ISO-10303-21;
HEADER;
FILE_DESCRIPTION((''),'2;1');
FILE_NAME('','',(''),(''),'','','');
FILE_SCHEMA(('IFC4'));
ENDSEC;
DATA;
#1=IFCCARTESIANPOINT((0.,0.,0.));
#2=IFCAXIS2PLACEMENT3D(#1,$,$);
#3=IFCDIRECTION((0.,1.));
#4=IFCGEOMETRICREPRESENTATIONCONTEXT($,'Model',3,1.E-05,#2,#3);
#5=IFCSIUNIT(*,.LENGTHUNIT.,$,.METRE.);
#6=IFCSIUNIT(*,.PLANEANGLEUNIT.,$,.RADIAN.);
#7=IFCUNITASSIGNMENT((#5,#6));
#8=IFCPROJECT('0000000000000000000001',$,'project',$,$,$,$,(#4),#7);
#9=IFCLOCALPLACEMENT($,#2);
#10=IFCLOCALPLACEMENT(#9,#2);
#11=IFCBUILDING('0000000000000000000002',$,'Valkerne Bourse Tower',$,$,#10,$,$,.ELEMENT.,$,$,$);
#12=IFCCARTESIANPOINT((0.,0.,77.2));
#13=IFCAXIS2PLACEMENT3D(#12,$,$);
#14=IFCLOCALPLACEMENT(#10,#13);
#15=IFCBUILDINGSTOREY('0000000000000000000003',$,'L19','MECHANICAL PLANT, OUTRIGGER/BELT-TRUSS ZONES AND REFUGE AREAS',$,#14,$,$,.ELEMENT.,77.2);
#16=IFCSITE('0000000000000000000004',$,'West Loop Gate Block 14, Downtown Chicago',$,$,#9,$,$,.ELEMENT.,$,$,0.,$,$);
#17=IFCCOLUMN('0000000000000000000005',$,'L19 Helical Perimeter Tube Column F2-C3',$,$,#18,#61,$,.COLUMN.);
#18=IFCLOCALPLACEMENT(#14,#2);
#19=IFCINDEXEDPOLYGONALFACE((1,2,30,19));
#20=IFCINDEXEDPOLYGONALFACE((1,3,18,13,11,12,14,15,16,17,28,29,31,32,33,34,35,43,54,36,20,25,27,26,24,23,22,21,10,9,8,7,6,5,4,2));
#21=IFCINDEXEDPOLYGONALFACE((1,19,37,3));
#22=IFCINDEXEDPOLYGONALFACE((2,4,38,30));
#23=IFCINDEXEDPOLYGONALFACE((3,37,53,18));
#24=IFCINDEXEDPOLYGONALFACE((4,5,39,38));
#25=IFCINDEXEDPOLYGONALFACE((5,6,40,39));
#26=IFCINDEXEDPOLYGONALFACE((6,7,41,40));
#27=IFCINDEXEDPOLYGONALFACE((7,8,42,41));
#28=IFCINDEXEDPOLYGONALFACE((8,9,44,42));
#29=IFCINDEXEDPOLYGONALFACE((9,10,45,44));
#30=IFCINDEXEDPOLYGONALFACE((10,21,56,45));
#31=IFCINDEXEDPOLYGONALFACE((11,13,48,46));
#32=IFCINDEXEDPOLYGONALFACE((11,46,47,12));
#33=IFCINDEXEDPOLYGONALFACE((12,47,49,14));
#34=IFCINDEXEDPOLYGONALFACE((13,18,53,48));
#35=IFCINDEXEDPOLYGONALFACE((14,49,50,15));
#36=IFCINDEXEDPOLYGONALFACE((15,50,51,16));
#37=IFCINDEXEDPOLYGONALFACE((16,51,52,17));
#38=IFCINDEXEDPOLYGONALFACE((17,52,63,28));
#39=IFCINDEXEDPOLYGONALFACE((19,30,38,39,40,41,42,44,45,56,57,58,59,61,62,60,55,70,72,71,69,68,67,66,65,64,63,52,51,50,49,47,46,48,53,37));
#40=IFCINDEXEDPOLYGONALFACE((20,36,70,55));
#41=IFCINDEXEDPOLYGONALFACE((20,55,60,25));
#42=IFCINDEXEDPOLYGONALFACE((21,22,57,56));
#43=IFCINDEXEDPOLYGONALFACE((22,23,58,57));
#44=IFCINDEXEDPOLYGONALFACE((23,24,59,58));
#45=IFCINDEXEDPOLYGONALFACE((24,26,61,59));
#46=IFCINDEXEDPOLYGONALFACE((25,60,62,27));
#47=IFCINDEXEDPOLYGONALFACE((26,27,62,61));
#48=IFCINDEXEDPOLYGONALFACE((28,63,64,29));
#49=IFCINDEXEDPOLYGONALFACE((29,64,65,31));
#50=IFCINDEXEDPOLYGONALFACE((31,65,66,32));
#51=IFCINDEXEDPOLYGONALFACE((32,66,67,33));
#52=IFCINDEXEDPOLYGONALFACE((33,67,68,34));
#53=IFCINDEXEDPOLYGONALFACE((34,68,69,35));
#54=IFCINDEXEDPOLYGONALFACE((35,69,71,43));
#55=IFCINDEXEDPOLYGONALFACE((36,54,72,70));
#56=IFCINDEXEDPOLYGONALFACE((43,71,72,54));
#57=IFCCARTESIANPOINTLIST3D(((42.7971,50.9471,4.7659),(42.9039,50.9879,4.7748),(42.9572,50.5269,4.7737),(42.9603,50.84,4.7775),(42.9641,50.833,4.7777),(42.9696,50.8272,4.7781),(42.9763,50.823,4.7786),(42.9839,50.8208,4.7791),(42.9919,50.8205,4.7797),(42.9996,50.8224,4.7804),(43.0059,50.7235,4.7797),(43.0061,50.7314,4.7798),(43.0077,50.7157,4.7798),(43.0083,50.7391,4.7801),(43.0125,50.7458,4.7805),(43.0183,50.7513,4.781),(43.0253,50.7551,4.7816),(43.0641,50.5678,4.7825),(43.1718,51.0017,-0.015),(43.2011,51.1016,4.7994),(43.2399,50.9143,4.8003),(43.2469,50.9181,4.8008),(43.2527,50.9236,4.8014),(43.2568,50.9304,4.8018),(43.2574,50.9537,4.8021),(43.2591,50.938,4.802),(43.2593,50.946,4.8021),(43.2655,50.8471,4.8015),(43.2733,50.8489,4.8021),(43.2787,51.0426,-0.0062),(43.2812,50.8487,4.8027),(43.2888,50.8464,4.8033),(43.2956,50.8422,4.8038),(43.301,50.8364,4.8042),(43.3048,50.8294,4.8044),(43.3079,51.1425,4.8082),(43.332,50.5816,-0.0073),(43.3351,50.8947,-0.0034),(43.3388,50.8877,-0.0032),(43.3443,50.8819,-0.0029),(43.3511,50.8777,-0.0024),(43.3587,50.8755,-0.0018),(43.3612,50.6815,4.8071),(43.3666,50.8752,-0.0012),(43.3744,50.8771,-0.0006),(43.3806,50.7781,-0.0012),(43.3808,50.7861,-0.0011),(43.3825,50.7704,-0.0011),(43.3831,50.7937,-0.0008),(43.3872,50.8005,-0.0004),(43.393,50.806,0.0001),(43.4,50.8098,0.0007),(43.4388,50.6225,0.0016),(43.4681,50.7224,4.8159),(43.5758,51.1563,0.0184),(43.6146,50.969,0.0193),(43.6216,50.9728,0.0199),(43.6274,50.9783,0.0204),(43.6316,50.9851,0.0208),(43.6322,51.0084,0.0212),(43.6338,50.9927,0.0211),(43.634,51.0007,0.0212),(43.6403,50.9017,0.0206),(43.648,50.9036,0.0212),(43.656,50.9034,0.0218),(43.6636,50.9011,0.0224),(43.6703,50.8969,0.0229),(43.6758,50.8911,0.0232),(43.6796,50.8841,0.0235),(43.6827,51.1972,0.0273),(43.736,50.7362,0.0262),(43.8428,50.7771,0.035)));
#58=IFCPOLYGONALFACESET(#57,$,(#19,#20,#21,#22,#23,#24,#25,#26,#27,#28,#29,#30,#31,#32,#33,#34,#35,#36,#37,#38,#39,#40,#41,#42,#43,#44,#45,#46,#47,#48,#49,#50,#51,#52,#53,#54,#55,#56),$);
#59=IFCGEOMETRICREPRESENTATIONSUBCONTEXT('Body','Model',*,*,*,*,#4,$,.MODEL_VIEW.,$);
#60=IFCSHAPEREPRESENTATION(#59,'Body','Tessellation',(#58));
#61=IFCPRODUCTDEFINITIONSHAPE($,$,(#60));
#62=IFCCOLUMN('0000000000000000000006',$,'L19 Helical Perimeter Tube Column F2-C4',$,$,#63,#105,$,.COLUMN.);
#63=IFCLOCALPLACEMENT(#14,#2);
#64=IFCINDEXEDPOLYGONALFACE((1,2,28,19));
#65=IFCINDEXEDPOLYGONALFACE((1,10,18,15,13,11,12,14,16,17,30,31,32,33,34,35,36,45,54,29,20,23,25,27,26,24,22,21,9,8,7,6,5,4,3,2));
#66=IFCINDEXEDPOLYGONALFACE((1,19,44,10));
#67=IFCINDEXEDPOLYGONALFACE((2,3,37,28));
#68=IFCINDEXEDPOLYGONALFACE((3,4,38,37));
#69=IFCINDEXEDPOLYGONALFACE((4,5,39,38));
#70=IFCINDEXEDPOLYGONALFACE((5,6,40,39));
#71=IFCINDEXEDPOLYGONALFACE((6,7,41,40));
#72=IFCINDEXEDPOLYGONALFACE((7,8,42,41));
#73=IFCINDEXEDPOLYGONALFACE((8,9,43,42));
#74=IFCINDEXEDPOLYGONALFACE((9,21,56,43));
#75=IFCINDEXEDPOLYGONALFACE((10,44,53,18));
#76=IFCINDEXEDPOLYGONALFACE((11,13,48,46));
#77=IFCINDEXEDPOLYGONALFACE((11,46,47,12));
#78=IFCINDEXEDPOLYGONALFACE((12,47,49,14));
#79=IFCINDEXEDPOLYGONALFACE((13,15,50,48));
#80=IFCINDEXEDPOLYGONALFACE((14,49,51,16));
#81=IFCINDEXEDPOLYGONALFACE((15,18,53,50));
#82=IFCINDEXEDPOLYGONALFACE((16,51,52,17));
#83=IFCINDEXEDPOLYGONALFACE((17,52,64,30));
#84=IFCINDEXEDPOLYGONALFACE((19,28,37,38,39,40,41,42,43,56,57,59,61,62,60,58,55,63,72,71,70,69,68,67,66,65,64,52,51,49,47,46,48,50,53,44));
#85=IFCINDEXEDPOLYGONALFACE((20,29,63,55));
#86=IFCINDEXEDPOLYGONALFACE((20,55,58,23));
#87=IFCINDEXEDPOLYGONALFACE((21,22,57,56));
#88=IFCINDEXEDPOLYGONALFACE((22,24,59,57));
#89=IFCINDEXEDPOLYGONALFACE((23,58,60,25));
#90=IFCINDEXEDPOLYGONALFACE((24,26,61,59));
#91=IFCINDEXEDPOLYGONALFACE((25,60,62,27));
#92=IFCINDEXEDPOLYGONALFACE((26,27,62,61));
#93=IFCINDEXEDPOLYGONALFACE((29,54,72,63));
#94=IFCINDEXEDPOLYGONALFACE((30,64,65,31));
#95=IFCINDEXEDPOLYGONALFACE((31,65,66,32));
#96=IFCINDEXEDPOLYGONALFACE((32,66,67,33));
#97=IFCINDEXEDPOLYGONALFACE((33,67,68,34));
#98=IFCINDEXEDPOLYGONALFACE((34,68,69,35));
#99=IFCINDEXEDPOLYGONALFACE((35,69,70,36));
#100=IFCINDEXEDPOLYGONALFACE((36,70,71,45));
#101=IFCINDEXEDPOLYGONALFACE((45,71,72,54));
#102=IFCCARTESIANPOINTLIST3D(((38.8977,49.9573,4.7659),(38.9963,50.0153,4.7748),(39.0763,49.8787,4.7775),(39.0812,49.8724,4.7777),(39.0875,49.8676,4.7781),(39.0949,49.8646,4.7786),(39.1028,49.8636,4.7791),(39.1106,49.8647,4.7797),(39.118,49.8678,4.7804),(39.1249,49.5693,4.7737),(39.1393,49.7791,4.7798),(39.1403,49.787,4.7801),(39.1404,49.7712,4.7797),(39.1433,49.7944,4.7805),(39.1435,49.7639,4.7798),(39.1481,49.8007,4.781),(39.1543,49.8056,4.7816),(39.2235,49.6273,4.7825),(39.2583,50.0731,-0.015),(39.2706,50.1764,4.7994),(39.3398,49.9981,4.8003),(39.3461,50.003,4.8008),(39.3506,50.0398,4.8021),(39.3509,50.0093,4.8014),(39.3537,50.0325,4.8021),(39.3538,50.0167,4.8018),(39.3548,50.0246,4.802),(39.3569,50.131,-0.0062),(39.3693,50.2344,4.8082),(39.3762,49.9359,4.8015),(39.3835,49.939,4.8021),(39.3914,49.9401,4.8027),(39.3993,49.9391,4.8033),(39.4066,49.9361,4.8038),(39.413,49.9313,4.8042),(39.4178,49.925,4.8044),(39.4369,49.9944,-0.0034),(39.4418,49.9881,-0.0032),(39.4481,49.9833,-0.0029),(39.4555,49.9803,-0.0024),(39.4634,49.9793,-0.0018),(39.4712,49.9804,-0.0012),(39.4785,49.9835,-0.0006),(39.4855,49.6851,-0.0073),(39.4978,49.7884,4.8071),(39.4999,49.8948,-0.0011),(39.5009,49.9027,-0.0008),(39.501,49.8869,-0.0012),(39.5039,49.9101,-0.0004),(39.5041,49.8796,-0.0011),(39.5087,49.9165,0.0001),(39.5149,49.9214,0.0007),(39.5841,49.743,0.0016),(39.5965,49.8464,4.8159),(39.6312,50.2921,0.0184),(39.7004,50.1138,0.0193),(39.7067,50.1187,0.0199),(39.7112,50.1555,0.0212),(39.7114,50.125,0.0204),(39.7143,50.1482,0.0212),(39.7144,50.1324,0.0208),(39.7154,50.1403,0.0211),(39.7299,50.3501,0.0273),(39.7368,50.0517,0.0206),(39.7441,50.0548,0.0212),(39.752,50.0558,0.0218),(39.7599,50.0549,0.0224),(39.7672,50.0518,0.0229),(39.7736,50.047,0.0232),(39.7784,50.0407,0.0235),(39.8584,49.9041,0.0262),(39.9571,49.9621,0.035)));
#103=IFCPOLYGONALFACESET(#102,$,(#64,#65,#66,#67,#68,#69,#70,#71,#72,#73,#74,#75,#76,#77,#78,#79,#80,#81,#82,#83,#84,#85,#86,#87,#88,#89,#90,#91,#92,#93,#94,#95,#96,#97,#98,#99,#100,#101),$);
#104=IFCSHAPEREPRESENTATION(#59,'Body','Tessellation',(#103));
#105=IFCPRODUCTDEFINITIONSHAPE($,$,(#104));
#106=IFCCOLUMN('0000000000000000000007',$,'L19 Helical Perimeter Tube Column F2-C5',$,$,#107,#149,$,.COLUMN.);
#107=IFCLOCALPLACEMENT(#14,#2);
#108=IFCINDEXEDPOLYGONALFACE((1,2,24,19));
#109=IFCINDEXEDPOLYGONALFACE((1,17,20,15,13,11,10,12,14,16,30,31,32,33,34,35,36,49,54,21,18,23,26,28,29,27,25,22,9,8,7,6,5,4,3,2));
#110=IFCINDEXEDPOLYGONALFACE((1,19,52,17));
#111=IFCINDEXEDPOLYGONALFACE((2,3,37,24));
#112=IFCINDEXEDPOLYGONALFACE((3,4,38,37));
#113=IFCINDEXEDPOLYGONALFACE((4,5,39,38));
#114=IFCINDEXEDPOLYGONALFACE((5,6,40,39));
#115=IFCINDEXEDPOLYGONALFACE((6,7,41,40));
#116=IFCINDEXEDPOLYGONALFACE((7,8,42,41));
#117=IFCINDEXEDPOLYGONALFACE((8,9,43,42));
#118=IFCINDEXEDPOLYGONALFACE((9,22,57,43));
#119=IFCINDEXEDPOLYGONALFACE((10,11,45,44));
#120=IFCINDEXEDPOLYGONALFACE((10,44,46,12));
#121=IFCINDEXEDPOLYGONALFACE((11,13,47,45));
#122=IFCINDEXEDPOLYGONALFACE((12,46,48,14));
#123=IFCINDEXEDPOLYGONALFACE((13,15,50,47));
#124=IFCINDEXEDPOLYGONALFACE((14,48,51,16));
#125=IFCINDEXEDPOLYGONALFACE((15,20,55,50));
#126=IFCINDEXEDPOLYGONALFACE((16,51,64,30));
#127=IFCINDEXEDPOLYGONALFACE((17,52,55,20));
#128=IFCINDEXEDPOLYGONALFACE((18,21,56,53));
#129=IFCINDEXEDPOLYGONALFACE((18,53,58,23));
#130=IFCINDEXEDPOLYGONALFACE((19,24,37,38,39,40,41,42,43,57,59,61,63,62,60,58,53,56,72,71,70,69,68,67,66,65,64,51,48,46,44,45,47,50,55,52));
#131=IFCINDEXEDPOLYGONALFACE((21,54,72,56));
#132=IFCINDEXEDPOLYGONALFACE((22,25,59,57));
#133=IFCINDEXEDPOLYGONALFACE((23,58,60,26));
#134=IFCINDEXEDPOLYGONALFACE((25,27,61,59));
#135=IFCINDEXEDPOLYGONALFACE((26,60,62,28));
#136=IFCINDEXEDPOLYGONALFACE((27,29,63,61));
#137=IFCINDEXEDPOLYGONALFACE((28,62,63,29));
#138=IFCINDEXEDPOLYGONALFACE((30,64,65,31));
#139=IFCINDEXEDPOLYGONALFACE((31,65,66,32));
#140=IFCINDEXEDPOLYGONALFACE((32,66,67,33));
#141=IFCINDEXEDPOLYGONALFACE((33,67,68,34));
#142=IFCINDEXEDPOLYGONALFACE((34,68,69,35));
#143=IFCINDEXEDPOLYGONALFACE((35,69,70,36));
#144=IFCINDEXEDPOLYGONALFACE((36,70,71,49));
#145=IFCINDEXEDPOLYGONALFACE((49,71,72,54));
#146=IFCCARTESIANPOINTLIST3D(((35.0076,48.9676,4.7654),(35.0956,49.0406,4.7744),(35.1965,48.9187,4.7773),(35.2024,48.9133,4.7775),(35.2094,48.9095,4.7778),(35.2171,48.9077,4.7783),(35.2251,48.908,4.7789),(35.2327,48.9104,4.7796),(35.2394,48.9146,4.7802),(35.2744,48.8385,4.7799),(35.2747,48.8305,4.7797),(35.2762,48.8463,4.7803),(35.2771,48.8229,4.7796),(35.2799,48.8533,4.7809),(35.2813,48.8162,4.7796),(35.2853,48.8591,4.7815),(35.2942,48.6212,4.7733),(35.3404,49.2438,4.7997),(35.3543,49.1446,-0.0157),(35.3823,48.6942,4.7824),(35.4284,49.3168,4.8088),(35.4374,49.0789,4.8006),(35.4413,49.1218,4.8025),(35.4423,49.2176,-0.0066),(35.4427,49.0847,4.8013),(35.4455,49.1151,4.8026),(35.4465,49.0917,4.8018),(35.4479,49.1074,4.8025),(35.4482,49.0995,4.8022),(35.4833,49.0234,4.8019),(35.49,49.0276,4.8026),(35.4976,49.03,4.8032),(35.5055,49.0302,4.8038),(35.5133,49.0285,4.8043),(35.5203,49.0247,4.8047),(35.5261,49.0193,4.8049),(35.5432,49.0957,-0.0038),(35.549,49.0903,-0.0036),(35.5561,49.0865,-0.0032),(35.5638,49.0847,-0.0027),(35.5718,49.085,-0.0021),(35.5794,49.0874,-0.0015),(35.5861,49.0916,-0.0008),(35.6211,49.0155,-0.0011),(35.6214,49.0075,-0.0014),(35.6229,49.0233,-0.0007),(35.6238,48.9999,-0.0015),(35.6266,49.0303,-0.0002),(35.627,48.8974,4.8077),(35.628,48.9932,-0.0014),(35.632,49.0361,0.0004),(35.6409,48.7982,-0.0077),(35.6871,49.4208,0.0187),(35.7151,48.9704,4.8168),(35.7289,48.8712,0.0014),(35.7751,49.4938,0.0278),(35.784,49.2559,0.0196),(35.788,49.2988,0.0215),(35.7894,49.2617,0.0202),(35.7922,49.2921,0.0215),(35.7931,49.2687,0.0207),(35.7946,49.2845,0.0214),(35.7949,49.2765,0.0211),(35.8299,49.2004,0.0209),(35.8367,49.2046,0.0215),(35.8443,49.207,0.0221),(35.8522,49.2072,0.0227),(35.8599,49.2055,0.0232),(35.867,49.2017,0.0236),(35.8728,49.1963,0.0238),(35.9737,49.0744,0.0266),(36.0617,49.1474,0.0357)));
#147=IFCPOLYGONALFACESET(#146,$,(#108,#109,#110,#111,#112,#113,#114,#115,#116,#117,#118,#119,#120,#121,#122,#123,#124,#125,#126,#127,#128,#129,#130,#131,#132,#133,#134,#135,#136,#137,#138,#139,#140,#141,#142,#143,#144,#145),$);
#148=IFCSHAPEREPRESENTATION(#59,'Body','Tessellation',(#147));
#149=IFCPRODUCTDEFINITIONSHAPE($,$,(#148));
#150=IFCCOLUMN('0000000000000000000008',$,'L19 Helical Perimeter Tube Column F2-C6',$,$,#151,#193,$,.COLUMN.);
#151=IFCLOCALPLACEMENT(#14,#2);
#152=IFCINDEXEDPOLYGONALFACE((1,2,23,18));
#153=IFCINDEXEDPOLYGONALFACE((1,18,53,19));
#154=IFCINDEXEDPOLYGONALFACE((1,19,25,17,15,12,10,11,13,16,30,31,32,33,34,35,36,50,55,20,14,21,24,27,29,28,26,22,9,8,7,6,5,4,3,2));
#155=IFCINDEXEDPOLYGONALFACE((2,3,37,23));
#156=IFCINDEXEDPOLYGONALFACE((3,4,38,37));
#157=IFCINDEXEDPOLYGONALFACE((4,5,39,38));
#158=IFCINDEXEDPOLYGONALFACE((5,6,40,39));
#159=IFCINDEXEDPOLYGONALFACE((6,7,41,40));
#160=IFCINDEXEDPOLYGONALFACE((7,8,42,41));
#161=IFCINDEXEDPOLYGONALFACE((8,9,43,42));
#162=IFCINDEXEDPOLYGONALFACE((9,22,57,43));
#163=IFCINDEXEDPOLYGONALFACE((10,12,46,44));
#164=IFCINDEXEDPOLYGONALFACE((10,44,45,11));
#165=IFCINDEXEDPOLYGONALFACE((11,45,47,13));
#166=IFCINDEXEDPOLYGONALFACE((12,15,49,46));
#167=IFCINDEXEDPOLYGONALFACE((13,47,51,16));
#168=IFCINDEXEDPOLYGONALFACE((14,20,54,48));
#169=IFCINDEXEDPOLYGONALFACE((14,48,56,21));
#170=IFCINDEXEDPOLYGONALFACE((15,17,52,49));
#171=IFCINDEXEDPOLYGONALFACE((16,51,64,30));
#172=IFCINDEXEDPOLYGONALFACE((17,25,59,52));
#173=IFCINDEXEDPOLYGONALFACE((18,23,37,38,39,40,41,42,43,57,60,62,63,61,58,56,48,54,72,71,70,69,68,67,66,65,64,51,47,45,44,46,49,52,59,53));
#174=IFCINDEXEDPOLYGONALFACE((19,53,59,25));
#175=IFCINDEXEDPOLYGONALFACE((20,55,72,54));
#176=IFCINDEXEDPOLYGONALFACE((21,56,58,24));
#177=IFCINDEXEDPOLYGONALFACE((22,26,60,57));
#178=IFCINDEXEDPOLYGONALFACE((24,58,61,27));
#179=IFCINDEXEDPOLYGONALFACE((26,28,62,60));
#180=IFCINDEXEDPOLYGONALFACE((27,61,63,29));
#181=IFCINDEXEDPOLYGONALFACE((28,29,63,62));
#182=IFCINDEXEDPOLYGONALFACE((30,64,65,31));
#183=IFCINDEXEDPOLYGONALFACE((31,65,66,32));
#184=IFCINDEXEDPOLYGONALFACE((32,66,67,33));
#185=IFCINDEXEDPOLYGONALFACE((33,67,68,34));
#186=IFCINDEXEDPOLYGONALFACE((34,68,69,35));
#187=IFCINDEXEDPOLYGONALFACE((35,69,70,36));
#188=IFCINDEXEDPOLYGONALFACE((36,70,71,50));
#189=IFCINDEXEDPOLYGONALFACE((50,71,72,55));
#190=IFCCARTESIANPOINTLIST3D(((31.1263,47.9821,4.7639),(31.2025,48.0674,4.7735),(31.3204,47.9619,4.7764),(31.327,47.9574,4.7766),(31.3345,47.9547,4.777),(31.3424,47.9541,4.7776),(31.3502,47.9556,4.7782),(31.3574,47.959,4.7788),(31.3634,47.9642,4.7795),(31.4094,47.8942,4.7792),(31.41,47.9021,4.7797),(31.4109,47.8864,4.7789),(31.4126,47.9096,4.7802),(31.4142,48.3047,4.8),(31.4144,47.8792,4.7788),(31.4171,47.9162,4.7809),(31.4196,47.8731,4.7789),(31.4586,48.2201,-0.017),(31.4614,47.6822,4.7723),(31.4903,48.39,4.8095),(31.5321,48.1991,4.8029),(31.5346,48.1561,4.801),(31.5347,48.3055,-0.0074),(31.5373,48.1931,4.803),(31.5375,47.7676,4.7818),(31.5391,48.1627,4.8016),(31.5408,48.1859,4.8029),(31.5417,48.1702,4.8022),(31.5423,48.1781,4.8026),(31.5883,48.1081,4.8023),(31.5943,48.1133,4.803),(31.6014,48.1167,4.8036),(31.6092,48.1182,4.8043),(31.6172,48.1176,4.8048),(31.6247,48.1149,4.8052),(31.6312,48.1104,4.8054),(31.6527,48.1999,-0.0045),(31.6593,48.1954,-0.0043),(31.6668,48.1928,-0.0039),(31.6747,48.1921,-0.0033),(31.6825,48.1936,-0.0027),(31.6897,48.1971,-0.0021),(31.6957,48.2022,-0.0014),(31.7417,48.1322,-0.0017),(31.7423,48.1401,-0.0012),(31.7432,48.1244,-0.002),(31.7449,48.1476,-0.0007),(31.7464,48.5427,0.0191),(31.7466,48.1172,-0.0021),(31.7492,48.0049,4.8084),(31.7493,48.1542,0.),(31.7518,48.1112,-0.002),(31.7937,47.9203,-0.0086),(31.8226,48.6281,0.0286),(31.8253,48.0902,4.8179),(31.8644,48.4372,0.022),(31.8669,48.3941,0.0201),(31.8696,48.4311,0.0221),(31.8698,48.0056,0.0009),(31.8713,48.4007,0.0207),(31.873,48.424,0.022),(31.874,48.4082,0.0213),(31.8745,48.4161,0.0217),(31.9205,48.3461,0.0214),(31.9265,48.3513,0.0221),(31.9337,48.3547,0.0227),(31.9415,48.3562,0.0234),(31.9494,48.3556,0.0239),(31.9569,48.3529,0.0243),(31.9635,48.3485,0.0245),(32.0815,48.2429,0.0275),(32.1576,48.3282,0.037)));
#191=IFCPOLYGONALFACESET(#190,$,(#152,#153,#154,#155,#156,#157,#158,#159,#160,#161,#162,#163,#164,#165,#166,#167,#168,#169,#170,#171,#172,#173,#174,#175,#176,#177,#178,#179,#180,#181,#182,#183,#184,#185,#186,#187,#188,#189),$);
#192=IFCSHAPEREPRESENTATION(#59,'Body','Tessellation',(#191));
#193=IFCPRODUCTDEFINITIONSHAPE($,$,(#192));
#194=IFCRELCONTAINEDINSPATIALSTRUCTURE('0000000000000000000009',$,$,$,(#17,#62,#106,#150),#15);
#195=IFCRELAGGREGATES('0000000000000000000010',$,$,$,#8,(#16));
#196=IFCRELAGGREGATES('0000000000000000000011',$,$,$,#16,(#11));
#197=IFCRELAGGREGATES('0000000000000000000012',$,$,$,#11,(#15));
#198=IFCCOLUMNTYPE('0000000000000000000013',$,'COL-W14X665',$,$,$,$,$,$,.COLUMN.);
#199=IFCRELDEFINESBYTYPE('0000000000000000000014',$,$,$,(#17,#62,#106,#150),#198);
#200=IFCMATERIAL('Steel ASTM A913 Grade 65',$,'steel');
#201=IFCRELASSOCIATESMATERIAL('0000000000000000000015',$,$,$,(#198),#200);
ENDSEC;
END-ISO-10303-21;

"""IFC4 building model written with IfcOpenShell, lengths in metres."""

from ifc_helpers import new_model, si_unit, direction, frame, origin, origin_2d, place, context, subcontext, project, spatial, i_section, extrude, material, material_profile, profile_set, type_object, element, save


model = new_model("IFC4")

# Units and contexts
model_context = context("Model", 3, precision=1e-05, world=origin(), true_north=direction((0.0, 1.0)))
body_context = subcontext(model_context, "Body", "Model", "MODEL_VIEW")
ifc_project = project(units=[si_unit("LENGTHUNIT", "METRE"), si_unit("PLANEANGLEUNIT", "RADIAN")], contexts=[model_context])

# Site, building, storey
site_placement = place(None, origin())
site = spatial("IfcSite", under=ifc_project, at=site_placement, Name="West Loop Gate Block 14, Downtown Chicago", CompositionType="ELEMENT", RefElevation=0.0)
building_placement = place(site_placement, origin())
building = spatial("IfcBuilding", under=site, at=building_placement, Name="Valkerne Bourse Tower", CompositionType="ELEMENT")
storey_placement = place(building_placement, frame((0.0, 0.0, 77.2)))
storey = spatial("IfcBuildingStorey", under=building, at=storey_placement, Name="L19", Description="MECHANICAL PLANT, OUTRIGGER/BELT-TRUSS ZONES AND REFUGE AREAS", CompositionType="ELEMENT", Elevation=77.2)

# Columns
ifc_material_1 = material(Name="Steel ASTM A913 Grade 65", Category="steel")
ifc_material_profile_1 = material_profile(ifc_material_1, i_section(OverallWidth=0.4497, OverallDepth=0.5486, WebThickness=0.072, FlangeThickness=0.1147, FilletRadius=0.0305, at=origin_2d()), Name="W14X665")
ifc_profile_set_1 = profile_set([ifc_material_profile_1], Name="Steel ASTM A913 Grade 65")
column_type = type_object("IfcColumnType", Name="COL-W14X665", PredefinedType="COLUMN", material=ifc_profile_set_1)
for number, where, z_axis, x_axis, name in (
    (1, (43.5073, 50.8894, 0.01), (-0.07814, -0.011403, 0.996877), (-0.356104, 0.934287, -0.017226), "L19 Helical Perimeter Tube Column F2-C3"),
    (2, (39.6077, 50.0176, 0.01), (-0.075187, -0.024129, 0.996877), (-0.505273, 0.862788, -0.017225), "L19 Helical Perimeter Tube Column F2-C4"),
):
    element("IfcColumn", number, at=place(storey_placement, frame(where, z_axis=z_axis, x_axis=x_axis)), inside=storey, type_object=column_type, Name=name, PredefinedType="COLUMN", context=body_context, shape_type="SweptSolid", body=[
        extrude(i_section(OverallWidth=0.4497, OverallDepth=0.5486, WebThickness=0.072, FlangeThickness=0.1147, FilletRadius=0.0305, at=origin_2d()), origin(), (0.0, 0.0, 1.0), 4.7959),
    ])
column_1_placement = place(storey_placement, frame((35.708, 49.146, 0.01), z_axis=(-0.072273, -0.0369, 0.996702), x_axis=(-0.637418, 0.770315, -0.017702)))
element("IfcColumn", 3, at=column_1_placement, inside=storey, type_object=column_type, Name="L19 Helical Perimeter Tube Column F2-C5", PredefinedType="COLUMN", context=body_context, shape_type="SweptSolid", body=[
    extrude(i_section(OverallWidth=0.4497, OverallDepth=0.5486, WebThickness=0.072, FlangeThickness=0.1147, FilletRadius=0.0305, at=origin_2d()), origin(), (0.0, 0.0, 1.0), 4.7969),
])
column_2_placement = place(storey_placement, frame((31.8081, 48.2742, 0.01), z_axis=(-0.069246, -0.049607, 0.996365), x_axis=(-0.745032, 0.66677, -0.018582)))
element("IfcColumn", 4, at=column_2_placement, inside=storey, type_object=column_type, Name="L19 Helical Perimeter Tube Column F2-C6", PredefinedType="COLUMN", context=body_context, shape_type="SweptSolid", body=[
    extrude(i_section(OverallWidth=0.4497, OverallDepth=0.5486, WebThickness=0.072, FlangeThickness=0.1147, FilletRadius=0.0305, at=origin_2d()), origin(), (0.0, 0.0, 1.0), 4.7983),
])

save(model, "model.ifc")
